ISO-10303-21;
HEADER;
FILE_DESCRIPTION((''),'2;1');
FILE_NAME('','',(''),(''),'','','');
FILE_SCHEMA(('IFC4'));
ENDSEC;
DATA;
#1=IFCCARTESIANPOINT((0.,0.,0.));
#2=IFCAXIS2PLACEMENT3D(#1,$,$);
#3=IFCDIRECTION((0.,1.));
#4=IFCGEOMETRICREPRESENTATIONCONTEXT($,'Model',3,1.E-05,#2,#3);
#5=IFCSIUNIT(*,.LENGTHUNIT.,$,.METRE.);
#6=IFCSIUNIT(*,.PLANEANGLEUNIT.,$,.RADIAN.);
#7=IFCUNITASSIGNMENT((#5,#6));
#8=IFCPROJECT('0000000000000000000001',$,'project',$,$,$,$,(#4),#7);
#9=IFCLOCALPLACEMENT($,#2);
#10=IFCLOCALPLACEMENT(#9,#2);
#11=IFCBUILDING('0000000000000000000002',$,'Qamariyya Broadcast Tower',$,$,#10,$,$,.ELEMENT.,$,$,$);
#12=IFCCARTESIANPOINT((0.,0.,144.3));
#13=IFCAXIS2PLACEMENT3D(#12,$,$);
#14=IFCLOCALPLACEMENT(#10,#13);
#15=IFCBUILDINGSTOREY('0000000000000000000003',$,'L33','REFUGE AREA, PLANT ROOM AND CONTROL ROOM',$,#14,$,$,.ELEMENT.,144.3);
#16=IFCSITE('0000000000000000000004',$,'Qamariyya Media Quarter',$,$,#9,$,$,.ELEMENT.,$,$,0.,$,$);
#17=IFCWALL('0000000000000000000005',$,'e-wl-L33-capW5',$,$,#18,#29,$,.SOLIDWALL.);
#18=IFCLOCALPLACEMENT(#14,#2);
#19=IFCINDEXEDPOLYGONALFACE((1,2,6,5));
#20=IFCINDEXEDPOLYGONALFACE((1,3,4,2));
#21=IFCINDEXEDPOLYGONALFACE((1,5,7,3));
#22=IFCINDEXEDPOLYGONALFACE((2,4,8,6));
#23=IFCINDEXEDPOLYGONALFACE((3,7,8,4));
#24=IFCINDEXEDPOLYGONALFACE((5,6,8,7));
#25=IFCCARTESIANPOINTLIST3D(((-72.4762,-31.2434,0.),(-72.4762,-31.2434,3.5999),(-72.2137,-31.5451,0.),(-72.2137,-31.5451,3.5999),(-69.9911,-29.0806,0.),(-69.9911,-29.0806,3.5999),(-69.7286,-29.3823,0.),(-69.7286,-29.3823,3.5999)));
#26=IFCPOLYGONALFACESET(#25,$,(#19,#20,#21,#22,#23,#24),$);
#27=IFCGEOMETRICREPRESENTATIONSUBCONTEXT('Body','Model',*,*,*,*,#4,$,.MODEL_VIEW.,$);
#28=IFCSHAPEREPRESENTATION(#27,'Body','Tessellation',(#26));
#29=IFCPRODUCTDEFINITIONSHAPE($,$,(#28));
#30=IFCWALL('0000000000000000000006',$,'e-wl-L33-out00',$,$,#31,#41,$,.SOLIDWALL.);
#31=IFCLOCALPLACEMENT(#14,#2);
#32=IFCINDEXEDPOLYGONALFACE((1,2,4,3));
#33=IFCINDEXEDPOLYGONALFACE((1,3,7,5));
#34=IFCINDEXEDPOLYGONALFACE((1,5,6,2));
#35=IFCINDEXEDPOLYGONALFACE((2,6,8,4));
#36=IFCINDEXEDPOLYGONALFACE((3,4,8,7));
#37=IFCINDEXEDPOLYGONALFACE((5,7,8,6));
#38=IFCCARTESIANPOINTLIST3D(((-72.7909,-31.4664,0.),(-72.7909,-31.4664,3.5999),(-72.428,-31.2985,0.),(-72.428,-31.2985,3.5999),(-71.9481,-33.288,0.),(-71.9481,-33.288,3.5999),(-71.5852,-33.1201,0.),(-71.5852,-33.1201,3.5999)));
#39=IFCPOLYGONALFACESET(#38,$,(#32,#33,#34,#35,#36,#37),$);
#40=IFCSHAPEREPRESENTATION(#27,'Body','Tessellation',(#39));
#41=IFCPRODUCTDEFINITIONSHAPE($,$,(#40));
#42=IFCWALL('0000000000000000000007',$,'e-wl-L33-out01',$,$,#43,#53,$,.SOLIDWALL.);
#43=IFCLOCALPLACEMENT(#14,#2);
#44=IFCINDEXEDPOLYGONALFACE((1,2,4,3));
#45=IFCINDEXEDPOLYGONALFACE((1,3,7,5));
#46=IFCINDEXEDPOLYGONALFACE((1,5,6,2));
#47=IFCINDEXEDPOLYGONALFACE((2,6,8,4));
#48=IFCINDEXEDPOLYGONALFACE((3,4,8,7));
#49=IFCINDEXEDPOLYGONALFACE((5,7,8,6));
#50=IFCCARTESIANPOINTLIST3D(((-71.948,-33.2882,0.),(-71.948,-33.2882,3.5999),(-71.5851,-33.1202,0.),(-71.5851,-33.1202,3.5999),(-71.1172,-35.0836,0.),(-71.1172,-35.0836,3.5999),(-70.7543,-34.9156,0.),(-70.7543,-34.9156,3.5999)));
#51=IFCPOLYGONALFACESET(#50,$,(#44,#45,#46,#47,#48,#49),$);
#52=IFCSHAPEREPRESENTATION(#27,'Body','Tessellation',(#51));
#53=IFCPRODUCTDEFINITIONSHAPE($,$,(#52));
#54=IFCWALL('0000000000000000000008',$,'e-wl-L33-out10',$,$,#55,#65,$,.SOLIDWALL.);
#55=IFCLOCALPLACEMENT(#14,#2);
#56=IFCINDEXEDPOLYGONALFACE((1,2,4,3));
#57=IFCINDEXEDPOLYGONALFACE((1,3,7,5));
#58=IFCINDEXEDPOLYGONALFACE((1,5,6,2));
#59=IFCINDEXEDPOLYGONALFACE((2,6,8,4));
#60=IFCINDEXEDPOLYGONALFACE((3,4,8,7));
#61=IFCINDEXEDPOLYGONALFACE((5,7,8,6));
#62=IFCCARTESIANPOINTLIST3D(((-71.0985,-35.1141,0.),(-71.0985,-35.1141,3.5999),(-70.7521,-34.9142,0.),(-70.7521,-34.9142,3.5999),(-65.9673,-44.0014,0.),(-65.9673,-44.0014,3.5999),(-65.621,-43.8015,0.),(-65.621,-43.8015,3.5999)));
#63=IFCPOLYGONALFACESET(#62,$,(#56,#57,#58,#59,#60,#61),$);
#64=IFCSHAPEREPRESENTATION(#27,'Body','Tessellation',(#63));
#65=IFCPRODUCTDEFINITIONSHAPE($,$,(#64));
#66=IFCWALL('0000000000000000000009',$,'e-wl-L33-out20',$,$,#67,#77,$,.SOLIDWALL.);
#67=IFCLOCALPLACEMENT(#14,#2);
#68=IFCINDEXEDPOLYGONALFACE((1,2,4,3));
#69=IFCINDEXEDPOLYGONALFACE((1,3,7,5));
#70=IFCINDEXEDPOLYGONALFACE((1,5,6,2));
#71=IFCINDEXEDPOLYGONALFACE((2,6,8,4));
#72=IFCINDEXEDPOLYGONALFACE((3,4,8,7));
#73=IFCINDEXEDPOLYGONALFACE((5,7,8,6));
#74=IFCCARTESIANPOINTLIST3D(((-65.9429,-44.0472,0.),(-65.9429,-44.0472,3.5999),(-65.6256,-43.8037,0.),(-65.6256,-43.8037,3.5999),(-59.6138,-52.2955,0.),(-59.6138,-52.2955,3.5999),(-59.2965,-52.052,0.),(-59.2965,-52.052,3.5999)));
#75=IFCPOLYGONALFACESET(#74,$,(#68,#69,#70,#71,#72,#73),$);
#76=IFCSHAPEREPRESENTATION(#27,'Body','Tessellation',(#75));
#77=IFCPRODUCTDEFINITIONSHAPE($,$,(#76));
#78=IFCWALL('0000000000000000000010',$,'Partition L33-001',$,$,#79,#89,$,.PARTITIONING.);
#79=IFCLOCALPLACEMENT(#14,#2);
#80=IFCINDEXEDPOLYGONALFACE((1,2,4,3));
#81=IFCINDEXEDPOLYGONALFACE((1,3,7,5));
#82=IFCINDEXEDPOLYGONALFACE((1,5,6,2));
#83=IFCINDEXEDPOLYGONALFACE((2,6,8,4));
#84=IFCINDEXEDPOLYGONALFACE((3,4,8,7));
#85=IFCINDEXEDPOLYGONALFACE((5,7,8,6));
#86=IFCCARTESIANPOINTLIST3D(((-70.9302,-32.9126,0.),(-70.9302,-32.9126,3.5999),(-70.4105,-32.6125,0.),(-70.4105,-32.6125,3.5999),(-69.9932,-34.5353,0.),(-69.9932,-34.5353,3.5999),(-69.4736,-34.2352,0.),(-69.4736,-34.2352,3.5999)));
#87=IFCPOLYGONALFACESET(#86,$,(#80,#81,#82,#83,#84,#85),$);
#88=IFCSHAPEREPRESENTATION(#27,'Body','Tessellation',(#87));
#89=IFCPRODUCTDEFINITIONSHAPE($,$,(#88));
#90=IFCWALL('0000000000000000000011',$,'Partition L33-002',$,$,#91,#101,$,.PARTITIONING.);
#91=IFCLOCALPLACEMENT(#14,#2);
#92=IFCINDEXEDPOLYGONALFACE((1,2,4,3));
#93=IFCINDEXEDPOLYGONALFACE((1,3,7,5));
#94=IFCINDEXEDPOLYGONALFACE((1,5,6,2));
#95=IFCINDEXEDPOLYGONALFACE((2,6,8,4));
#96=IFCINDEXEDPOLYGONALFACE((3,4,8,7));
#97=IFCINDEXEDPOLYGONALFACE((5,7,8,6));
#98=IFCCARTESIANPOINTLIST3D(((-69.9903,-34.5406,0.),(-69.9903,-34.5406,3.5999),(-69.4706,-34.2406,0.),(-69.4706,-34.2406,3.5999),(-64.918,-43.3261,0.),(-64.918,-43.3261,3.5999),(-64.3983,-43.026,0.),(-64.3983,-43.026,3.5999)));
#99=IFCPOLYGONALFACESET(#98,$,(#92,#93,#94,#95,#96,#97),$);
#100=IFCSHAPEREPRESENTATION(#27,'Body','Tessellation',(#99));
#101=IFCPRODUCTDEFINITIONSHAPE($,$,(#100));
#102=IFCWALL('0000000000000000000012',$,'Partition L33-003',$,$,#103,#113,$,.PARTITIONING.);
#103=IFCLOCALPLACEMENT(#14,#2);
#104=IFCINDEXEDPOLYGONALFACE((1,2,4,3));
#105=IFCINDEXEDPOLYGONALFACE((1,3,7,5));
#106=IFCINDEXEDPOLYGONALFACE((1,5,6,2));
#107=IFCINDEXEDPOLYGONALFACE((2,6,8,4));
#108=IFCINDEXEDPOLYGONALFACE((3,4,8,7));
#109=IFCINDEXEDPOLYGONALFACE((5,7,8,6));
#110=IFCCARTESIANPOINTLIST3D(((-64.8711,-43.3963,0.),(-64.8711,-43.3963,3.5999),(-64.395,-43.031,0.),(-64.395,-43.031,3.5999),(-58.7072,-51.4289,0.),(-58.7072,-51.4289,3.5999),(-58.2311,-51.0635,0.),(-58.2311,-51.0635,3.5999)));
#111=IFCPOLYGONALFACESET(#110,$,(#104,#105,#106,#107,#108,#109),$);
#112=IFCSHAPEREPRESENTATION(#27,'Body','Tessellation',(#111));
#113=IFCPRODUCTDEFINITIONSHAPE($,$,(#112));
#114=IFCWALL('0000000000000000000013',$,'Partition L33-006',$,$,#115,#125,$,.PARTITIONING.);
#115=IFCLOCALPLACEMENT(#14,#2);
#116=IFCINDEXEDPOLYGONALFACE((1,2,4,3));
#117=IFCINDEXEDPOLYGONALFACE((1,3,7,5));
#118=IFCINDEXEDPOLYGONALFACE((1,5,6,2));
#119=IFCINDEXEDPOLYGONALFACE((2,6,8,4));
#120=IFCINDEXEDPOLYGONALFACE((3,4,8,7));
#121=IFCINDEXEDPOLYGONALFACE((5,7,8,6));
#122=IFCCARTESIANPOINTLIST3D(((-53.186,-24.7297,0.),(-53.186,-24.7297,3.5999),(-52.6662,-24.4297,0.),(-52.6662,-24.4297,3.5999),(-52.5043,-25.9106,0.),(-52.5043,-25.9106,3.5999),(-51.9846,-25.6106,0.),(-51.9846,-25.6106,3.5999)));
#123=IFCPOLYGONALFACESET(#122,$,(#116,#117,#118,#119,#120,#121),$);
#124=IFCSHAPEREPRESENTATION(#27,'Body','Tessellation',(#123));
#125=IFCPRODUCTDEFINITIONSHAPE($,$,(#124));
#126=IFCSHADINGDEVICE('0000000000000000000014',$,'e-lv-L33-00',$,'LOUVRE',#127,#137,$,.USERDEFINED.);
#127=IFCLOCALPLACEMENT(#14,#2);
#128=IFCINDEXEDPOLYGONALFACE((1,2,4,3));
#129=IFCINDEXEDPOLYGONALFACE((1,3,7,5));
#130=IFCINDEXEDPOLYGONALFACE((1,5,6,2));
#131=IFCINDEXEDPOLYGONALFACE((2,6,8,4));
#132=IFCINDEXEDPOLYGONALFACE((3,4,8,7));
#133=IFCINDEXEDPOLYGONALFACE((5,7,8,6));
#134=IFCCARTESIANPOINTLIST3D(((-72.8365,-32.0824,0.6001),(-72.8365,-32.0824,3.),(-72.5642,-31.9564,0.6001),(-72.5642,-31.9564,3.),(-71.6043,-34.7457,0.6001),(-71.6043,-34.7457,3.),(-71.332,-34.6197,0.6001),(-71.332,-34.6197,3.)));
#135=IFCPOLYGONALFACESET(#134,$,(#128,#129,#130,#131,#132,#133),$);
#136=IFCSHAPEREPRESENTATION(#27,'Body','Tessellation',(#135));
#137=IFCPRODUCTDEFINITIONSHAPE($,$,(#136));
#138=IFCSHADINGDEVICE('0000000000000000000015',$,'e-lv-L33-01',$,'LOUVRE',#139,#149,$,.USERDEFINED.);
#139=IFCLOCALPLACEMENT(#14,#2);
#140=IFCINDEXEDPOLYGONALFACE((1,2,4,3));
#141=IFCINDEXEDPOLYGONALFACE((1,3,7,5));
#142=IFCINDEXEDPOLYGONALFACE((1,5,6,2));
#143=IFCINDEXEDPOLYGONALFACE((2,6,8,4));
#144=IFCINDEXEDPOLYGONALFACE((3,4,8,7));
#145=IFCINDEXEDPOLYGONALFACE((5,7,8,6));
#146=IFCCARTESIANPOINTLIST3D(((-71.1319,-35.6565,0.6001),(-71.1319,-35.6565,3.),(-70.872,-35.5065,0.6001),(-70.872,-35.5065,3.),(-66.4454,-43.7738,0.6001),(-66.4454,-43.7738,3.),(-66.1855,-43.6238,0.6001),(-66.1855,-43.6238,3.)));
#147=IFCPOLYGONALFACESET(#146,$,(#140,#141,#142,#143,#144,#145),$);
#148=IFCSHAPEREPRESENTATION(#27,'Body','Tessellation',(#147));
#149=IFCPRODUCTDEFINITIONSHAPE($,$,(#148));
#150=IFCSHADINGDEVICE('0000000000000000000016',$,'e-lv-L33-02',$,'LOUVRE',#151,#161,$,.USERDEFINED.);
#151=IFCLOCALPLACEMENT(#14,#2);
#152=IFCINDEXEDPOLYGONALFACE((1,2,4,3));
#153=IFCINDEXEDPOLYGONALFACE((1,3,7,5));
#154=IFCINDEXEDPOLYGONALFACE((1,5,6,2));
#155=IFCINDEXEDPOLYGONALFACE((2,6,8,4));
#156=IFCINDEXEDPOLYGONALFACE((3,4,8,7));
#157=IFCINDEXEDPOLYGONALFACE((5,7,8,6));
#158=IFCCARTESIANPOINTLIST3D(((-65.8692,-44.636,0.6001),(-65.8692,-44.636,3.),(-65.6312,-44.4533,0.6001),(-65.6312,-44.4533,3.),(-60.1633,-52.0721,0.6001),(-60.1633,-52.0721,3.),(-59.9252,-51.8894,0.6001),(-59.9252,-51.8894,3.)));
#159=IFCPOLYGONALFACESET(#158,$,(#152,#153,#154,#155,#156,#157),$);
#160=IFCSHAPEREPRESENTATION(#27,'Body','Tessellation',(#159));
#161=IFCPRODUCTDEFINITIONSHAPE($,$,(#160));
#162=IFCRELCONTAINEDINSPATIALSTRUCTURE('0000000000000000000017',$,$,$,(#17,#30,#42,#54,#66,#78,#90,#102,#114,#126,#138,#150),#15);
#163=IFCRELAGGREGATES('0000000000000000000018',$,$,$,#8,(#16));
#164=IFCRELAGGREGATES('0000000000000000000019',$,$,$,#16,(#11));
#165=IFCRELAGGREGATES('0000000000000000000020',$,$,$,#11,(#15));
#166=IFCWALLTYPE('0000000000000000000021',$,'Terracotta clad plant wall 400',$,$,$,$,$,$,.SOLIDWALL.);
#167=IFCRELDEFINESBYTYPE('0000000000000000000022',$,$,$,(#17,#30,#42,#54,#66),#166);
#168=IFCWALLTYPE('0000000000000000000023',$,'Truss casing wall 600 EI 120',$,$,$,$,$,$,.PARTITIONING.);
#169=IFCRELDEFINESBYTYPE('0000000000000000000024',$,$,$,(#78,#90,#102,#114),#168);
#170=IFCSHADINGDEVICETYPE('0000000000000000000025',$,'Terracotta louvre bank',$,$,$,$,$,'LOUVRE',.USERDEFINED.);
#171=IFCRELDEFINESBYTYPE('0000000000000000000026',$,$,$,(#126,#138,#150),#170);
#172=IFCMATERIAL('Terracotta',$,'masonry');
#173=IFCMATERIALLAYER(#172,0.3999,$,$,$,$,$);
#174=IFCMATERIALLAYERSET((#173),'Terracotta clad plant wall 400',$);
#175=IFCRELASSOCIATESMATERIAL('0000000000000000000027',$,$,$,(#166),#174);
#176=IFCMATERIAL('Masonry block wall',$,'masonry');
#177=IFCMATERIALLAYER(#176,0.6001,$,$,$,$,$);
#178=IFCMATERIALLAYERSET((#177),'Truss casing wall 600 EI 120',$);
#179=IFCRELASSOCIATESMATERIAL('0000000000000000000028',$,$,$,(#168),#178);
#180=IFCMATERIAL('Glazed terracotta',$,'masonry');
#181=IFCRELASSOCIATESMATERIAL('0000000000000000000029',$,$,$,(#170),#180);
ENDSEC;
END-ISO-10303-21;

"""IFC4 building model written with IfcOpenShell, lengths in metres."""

from ifc_helpers import new_model, si_unit, direction, frame, frame_2d, origin, origin_2d, place, context, subcontext, project, spatial, rectangle, extrude, material, layer, layer_set, type_object, element, save


model = new_model("IFC4")

# Units and contexts
model_context = context("Model", 3, precision=1e-05, world=origin(), true_north=direction((0.0, 1.0)))
body_context = subcontext(model_context, "Body", "Model", "MODEL_VIEW")
ifc_project = project(units=[si_unit("LENGTHUNIT", "METRE"), si_unit("PLANEANGLEUNIT", "RADIAN")], contexts=[model_context])

# Site, building, storey
site_placement = place(None, origin())
site = spatial("IfcSite", under=ifc_project, at=site_placement, Name="Qamariyya Media Quarter", CompositionType="ELEMENT", RefElevation=0.0)
building_placement = place(site_placement, origin())
building = spatial("IfcBuilding", under=site, at=building_placement, Name="Qamariyya Broadcast Tower", CompositionType="ELEMENT")
storey_placement = place(building_placement, frame((0.0, 0.0, 144.3)))
storey = spatial("IfcBuildingStorey", under=building, at=storey_placement, Name="L33", Description="REFUGE AREA, PLANT ROOM AND CONTROL ROOM", CompositionType="ELEMENT", Elevation=144.3)

# Walls
ifc_material_1 = material(Name="Terracotta", Category="masonry")
ifc_layer_1 = layer(ifc_material_1, 0.3999)
ifc_layer_set_1 = layer_set([ifc_layer_1], Name="Terracotta clad plant wall 400")
wall_type_1 = type_object("IfcWallType", Name="Terracotta clad plant wall 400", PredefinedType="SOLIDWALL", material=ifc_layer_set_1)
wall_1_placement = place(storey_placement, frame((-69.8599, -29.2314, 0.0), z_axis=(0.0, 0.0, 1.0), x_axis=(-0.754323, -0.656503, 0.0)))
element("IfcWall", 1, at=wall_1_placement, inside=storey, type_object=wall_type_1, Name="e-wl-L33-capW5", PredefinedType="SOLIDWALL", context=body_context, shape_type="SweptSolid", body=[
    extrude(rectangle(XDim=3.2944, YDim=0.3999, at=frame_2d((1.6472, 0.0))), origin(), (0.0, 0.0, 1.0), 3.5999),
])
wall_2_placement = place(storey_placement, frame((-72.6094, -31.3826, 0.0), z_axis=(0.0, 0.0, 1.0), x_axis=(0.419907, -0.907567, 0.0)))
element("IfcWall", 2, at=wall_2_placement, inside=storey, type_object=wall_type_1, Name="e-wl-L33-out00", PredefinedType="SOLIDWALL", context=body_context, shape_type="SweptSolid", body=[
    extrude(rectangle(XDim=2.0071, YDim=0.3999, at=frame_2d((1.0034, 0.0))), origin(), (0.0, 0.0, 1.0), 3.5999),
])
wall_3_placement = place(storey_placement, frame((-71.7666, -33.2041, 0.0), z_axis=(0.0, 0.0, 1.0), x_axis=(0.419958, -0.907544, 0.0)))
element("IfcWall", 3, at=wall_3_placement, inside=storey, type_object=wall_type_1, Name="e-wl-L33-out01", PredefinedType="SOLIDWALL", context=body_context, shape_type="SweptSolid", body=[
    extrude(rectangle(XDim=1.9783, YDim=0.3999, at=frame_2d((0.9893, 0.0))), origin(), (0.0, 0.0, 1.0), 3.5999),
])
wall_4_placement = place(storey_placement, frame((-70.9253, -35.0142, 0.0), z_axis=(0.0, 0.0, 1.0), x_axis=(0.500005, -0.866022, 0.0)))
element("IfcWall", 4, at=wall_4_placement, inside=storey, type_object=wall_type_1, Name="e-wl-L33-out10", PredefinedType="SOLIDWALL", context=body_context, shape_type="SweptSolid", body=[
    extrude(rectangle(XDim=10.2622, YDim=0.3999, at=frame_2d((5.1311, 0.0))), origin(), (0.0, 0.0, 1.0), 3.5999),
])
wall_5_placement = place(storey_placement, frame((-65.7842, -43.9255, 0.0), z_axis=(0.0, 0.0, 1.0), x_axis=(0.608759, -0.793355, 0.0)))
element("IfcWall", 5, at=wall_5_placement, inside=storey, type_object=wall_type_1, Name="e-wl-L33-out20", PredefinedType="SOLIDWALL", context=body_context, shape_type="SweptSolid", body=[
    extrude(rectangle(XDim=10.3967, YDim=0.3999, at=frame_2d((5.1982, 0.0))), origin(), (0.0, 0.0, 1.0), 3.5999),
])
ifc_material_2 = material(Name="Masonry block wall", Category="masonry")
ifc_layer_2 = layer(ifc_material_2, 0.6001)
ifc_layer_set_2 = layer_set([ifc_layer_2], Name="Truss casing wall 600 EI 120")
wall_type_2 = type_object("IfcWallType", Name="Truss casing wall 600 EI 120", PredefinedType="PARTITIONING", material=ifc_layer_set_2)
wall_6_placement = place(storey_placement, frame((-70.6704, -32.7625, 0.0), z_axis=(0.0, 0.0, 1.0), x_axis=(0.500034, -0.866006, 0.0)))
element("IfcWall", 6, at=wall_6_placement, inside=storey, type_object=wall_type_2, Name="Partition L33-001", PredefinedType="PARTITIONING", context=body_context, shape_type="SweptSolid", body=[
    extrude(rectangle(XDim=1.8738, YDim=0.6001, at=frame_2d((0.937, 0.0))), origin(), (0.0, 0.0, 1.0), 3.5999),
])
wall_7_placement = place(storey_placement, frame((-69.7305, -34.3906, 0.0), z_axis=(0.0, 0.0, 1.0), x_axis=(0.500001, -0.866025, 0.0)))
element("IfcWall", 7, at=wall_7_placement, inside=storey, type_object=wall_type_2, Name="Partition L33-002", PredefinedType="PARTITIONING", context=body_context, shape_type="SweptSolid", body=[
    extrude(rectangle(XDim=10.1445, YDim=0.6001, at=frame_2d((5.0723, 0.0))), origin(), (0.0, 0.0, 1.0), 3.5999),
])
wall_8_placement = place(storey_placement, frame((-64.6331, -43.2136, 0.0), z_axis=(0.0, 0.0, 1.0), x_axis=(0.608779, -0.79334, 0.0)))
element("IfcWall", 8, at=wall_8_placement, inside=storey, type_object=wall_type_2, Name="Partition L33-003", PredefinedType="PARTITIONING", context=body_context, shape_type="SweptSolid", body=[
    extrude(rectangle(XDim=10.125, YDim=0.6001, at=frame_2d((5.0625, 0.0))), origin(), (0.0, 0.0, 1.0), 3.5999),
])
wall_9_placement = place(storey_placement, frame((-52.926, -24.5798, 0.0), z_axis=(0.0, 0.0, 1.0), x_axis=(0.499914, -0.866075, 0.0)))
element("IfcWall", 9, at=wall_9_placement, inside=storey, type_object=wall_type_2, Name="Partition L33-006", PredefinedType="PARTITIONING", context=body_context, shape_type="SweptSolid", body=[
    extrude(rectangle(XDim=1.3635, YDim=0.6001, at=frame_2d((0.6816, 0.0))), origin(), (0.0, 0.0, 1.0), 3.5999),
])

# Shading devices
ifc_material_3 = material(Name="Glazed terracotta", Category="masonry")
shading_device_type = type_object("IfcShadingDeviceType", Name="Terracotta louvre bank", ElementType="LOUVRE", PredefinedType="USERDEFINED", material=ifc_material_3)
shading_device_placement = place(storey_placement, frame((-72.0842, -33.3511, 0.6001), z_axis=(0.0, 0.0, 1.0), x_axis=(0.419903, -0.907569, 0.0)))
element("IfcShadingDevice", 10, at=shading_device_placement, inside=storey, type_object=shading_device_type, Name="e-lv-L33-00", ObjectType="LOUVRE", PredefinedType="USERDEFINED", context=body_context, shape_type="SweptSolid", body=[
    extrude(rectangle(XDim=2.9346, YDim=0.3, at=origin_2d()), origin(), (0.0, 0.0, 1.0), 2.3999),
])
for number, where, z_axis, x_axis, name in (
    (11, (-68.6587, -39.6401, 0.6001), (0.0, 0.0, 1.0), (0.5, -0.866025, 0.0), "e-lv-L33-01"),
    (12, (-62.8972, -48.2627, 0.6001), (0.0, 0.0, 1.0), (0.608761, -0.793353, 0.0), "e-lv-L33-02"),
):
    element("IfcShadingDevice", number, at=place(storey_placement, frame(where, z_axis=z_axis, x_axis=x_axis)), inside=storey, type_object=shading_device_type, Name=name, ObjectType="LOUVRE", PredefinedType="USERDEFINED", context=body_context, shape_type="SweptSolid", body=[
        extrude(rectangle(XDim=9.373, YDim=0.3, at=origin_2d()), origin(), (0.0, 0.0, 1.0), 2.3999),
    ])

save(model, "model.ifc")
